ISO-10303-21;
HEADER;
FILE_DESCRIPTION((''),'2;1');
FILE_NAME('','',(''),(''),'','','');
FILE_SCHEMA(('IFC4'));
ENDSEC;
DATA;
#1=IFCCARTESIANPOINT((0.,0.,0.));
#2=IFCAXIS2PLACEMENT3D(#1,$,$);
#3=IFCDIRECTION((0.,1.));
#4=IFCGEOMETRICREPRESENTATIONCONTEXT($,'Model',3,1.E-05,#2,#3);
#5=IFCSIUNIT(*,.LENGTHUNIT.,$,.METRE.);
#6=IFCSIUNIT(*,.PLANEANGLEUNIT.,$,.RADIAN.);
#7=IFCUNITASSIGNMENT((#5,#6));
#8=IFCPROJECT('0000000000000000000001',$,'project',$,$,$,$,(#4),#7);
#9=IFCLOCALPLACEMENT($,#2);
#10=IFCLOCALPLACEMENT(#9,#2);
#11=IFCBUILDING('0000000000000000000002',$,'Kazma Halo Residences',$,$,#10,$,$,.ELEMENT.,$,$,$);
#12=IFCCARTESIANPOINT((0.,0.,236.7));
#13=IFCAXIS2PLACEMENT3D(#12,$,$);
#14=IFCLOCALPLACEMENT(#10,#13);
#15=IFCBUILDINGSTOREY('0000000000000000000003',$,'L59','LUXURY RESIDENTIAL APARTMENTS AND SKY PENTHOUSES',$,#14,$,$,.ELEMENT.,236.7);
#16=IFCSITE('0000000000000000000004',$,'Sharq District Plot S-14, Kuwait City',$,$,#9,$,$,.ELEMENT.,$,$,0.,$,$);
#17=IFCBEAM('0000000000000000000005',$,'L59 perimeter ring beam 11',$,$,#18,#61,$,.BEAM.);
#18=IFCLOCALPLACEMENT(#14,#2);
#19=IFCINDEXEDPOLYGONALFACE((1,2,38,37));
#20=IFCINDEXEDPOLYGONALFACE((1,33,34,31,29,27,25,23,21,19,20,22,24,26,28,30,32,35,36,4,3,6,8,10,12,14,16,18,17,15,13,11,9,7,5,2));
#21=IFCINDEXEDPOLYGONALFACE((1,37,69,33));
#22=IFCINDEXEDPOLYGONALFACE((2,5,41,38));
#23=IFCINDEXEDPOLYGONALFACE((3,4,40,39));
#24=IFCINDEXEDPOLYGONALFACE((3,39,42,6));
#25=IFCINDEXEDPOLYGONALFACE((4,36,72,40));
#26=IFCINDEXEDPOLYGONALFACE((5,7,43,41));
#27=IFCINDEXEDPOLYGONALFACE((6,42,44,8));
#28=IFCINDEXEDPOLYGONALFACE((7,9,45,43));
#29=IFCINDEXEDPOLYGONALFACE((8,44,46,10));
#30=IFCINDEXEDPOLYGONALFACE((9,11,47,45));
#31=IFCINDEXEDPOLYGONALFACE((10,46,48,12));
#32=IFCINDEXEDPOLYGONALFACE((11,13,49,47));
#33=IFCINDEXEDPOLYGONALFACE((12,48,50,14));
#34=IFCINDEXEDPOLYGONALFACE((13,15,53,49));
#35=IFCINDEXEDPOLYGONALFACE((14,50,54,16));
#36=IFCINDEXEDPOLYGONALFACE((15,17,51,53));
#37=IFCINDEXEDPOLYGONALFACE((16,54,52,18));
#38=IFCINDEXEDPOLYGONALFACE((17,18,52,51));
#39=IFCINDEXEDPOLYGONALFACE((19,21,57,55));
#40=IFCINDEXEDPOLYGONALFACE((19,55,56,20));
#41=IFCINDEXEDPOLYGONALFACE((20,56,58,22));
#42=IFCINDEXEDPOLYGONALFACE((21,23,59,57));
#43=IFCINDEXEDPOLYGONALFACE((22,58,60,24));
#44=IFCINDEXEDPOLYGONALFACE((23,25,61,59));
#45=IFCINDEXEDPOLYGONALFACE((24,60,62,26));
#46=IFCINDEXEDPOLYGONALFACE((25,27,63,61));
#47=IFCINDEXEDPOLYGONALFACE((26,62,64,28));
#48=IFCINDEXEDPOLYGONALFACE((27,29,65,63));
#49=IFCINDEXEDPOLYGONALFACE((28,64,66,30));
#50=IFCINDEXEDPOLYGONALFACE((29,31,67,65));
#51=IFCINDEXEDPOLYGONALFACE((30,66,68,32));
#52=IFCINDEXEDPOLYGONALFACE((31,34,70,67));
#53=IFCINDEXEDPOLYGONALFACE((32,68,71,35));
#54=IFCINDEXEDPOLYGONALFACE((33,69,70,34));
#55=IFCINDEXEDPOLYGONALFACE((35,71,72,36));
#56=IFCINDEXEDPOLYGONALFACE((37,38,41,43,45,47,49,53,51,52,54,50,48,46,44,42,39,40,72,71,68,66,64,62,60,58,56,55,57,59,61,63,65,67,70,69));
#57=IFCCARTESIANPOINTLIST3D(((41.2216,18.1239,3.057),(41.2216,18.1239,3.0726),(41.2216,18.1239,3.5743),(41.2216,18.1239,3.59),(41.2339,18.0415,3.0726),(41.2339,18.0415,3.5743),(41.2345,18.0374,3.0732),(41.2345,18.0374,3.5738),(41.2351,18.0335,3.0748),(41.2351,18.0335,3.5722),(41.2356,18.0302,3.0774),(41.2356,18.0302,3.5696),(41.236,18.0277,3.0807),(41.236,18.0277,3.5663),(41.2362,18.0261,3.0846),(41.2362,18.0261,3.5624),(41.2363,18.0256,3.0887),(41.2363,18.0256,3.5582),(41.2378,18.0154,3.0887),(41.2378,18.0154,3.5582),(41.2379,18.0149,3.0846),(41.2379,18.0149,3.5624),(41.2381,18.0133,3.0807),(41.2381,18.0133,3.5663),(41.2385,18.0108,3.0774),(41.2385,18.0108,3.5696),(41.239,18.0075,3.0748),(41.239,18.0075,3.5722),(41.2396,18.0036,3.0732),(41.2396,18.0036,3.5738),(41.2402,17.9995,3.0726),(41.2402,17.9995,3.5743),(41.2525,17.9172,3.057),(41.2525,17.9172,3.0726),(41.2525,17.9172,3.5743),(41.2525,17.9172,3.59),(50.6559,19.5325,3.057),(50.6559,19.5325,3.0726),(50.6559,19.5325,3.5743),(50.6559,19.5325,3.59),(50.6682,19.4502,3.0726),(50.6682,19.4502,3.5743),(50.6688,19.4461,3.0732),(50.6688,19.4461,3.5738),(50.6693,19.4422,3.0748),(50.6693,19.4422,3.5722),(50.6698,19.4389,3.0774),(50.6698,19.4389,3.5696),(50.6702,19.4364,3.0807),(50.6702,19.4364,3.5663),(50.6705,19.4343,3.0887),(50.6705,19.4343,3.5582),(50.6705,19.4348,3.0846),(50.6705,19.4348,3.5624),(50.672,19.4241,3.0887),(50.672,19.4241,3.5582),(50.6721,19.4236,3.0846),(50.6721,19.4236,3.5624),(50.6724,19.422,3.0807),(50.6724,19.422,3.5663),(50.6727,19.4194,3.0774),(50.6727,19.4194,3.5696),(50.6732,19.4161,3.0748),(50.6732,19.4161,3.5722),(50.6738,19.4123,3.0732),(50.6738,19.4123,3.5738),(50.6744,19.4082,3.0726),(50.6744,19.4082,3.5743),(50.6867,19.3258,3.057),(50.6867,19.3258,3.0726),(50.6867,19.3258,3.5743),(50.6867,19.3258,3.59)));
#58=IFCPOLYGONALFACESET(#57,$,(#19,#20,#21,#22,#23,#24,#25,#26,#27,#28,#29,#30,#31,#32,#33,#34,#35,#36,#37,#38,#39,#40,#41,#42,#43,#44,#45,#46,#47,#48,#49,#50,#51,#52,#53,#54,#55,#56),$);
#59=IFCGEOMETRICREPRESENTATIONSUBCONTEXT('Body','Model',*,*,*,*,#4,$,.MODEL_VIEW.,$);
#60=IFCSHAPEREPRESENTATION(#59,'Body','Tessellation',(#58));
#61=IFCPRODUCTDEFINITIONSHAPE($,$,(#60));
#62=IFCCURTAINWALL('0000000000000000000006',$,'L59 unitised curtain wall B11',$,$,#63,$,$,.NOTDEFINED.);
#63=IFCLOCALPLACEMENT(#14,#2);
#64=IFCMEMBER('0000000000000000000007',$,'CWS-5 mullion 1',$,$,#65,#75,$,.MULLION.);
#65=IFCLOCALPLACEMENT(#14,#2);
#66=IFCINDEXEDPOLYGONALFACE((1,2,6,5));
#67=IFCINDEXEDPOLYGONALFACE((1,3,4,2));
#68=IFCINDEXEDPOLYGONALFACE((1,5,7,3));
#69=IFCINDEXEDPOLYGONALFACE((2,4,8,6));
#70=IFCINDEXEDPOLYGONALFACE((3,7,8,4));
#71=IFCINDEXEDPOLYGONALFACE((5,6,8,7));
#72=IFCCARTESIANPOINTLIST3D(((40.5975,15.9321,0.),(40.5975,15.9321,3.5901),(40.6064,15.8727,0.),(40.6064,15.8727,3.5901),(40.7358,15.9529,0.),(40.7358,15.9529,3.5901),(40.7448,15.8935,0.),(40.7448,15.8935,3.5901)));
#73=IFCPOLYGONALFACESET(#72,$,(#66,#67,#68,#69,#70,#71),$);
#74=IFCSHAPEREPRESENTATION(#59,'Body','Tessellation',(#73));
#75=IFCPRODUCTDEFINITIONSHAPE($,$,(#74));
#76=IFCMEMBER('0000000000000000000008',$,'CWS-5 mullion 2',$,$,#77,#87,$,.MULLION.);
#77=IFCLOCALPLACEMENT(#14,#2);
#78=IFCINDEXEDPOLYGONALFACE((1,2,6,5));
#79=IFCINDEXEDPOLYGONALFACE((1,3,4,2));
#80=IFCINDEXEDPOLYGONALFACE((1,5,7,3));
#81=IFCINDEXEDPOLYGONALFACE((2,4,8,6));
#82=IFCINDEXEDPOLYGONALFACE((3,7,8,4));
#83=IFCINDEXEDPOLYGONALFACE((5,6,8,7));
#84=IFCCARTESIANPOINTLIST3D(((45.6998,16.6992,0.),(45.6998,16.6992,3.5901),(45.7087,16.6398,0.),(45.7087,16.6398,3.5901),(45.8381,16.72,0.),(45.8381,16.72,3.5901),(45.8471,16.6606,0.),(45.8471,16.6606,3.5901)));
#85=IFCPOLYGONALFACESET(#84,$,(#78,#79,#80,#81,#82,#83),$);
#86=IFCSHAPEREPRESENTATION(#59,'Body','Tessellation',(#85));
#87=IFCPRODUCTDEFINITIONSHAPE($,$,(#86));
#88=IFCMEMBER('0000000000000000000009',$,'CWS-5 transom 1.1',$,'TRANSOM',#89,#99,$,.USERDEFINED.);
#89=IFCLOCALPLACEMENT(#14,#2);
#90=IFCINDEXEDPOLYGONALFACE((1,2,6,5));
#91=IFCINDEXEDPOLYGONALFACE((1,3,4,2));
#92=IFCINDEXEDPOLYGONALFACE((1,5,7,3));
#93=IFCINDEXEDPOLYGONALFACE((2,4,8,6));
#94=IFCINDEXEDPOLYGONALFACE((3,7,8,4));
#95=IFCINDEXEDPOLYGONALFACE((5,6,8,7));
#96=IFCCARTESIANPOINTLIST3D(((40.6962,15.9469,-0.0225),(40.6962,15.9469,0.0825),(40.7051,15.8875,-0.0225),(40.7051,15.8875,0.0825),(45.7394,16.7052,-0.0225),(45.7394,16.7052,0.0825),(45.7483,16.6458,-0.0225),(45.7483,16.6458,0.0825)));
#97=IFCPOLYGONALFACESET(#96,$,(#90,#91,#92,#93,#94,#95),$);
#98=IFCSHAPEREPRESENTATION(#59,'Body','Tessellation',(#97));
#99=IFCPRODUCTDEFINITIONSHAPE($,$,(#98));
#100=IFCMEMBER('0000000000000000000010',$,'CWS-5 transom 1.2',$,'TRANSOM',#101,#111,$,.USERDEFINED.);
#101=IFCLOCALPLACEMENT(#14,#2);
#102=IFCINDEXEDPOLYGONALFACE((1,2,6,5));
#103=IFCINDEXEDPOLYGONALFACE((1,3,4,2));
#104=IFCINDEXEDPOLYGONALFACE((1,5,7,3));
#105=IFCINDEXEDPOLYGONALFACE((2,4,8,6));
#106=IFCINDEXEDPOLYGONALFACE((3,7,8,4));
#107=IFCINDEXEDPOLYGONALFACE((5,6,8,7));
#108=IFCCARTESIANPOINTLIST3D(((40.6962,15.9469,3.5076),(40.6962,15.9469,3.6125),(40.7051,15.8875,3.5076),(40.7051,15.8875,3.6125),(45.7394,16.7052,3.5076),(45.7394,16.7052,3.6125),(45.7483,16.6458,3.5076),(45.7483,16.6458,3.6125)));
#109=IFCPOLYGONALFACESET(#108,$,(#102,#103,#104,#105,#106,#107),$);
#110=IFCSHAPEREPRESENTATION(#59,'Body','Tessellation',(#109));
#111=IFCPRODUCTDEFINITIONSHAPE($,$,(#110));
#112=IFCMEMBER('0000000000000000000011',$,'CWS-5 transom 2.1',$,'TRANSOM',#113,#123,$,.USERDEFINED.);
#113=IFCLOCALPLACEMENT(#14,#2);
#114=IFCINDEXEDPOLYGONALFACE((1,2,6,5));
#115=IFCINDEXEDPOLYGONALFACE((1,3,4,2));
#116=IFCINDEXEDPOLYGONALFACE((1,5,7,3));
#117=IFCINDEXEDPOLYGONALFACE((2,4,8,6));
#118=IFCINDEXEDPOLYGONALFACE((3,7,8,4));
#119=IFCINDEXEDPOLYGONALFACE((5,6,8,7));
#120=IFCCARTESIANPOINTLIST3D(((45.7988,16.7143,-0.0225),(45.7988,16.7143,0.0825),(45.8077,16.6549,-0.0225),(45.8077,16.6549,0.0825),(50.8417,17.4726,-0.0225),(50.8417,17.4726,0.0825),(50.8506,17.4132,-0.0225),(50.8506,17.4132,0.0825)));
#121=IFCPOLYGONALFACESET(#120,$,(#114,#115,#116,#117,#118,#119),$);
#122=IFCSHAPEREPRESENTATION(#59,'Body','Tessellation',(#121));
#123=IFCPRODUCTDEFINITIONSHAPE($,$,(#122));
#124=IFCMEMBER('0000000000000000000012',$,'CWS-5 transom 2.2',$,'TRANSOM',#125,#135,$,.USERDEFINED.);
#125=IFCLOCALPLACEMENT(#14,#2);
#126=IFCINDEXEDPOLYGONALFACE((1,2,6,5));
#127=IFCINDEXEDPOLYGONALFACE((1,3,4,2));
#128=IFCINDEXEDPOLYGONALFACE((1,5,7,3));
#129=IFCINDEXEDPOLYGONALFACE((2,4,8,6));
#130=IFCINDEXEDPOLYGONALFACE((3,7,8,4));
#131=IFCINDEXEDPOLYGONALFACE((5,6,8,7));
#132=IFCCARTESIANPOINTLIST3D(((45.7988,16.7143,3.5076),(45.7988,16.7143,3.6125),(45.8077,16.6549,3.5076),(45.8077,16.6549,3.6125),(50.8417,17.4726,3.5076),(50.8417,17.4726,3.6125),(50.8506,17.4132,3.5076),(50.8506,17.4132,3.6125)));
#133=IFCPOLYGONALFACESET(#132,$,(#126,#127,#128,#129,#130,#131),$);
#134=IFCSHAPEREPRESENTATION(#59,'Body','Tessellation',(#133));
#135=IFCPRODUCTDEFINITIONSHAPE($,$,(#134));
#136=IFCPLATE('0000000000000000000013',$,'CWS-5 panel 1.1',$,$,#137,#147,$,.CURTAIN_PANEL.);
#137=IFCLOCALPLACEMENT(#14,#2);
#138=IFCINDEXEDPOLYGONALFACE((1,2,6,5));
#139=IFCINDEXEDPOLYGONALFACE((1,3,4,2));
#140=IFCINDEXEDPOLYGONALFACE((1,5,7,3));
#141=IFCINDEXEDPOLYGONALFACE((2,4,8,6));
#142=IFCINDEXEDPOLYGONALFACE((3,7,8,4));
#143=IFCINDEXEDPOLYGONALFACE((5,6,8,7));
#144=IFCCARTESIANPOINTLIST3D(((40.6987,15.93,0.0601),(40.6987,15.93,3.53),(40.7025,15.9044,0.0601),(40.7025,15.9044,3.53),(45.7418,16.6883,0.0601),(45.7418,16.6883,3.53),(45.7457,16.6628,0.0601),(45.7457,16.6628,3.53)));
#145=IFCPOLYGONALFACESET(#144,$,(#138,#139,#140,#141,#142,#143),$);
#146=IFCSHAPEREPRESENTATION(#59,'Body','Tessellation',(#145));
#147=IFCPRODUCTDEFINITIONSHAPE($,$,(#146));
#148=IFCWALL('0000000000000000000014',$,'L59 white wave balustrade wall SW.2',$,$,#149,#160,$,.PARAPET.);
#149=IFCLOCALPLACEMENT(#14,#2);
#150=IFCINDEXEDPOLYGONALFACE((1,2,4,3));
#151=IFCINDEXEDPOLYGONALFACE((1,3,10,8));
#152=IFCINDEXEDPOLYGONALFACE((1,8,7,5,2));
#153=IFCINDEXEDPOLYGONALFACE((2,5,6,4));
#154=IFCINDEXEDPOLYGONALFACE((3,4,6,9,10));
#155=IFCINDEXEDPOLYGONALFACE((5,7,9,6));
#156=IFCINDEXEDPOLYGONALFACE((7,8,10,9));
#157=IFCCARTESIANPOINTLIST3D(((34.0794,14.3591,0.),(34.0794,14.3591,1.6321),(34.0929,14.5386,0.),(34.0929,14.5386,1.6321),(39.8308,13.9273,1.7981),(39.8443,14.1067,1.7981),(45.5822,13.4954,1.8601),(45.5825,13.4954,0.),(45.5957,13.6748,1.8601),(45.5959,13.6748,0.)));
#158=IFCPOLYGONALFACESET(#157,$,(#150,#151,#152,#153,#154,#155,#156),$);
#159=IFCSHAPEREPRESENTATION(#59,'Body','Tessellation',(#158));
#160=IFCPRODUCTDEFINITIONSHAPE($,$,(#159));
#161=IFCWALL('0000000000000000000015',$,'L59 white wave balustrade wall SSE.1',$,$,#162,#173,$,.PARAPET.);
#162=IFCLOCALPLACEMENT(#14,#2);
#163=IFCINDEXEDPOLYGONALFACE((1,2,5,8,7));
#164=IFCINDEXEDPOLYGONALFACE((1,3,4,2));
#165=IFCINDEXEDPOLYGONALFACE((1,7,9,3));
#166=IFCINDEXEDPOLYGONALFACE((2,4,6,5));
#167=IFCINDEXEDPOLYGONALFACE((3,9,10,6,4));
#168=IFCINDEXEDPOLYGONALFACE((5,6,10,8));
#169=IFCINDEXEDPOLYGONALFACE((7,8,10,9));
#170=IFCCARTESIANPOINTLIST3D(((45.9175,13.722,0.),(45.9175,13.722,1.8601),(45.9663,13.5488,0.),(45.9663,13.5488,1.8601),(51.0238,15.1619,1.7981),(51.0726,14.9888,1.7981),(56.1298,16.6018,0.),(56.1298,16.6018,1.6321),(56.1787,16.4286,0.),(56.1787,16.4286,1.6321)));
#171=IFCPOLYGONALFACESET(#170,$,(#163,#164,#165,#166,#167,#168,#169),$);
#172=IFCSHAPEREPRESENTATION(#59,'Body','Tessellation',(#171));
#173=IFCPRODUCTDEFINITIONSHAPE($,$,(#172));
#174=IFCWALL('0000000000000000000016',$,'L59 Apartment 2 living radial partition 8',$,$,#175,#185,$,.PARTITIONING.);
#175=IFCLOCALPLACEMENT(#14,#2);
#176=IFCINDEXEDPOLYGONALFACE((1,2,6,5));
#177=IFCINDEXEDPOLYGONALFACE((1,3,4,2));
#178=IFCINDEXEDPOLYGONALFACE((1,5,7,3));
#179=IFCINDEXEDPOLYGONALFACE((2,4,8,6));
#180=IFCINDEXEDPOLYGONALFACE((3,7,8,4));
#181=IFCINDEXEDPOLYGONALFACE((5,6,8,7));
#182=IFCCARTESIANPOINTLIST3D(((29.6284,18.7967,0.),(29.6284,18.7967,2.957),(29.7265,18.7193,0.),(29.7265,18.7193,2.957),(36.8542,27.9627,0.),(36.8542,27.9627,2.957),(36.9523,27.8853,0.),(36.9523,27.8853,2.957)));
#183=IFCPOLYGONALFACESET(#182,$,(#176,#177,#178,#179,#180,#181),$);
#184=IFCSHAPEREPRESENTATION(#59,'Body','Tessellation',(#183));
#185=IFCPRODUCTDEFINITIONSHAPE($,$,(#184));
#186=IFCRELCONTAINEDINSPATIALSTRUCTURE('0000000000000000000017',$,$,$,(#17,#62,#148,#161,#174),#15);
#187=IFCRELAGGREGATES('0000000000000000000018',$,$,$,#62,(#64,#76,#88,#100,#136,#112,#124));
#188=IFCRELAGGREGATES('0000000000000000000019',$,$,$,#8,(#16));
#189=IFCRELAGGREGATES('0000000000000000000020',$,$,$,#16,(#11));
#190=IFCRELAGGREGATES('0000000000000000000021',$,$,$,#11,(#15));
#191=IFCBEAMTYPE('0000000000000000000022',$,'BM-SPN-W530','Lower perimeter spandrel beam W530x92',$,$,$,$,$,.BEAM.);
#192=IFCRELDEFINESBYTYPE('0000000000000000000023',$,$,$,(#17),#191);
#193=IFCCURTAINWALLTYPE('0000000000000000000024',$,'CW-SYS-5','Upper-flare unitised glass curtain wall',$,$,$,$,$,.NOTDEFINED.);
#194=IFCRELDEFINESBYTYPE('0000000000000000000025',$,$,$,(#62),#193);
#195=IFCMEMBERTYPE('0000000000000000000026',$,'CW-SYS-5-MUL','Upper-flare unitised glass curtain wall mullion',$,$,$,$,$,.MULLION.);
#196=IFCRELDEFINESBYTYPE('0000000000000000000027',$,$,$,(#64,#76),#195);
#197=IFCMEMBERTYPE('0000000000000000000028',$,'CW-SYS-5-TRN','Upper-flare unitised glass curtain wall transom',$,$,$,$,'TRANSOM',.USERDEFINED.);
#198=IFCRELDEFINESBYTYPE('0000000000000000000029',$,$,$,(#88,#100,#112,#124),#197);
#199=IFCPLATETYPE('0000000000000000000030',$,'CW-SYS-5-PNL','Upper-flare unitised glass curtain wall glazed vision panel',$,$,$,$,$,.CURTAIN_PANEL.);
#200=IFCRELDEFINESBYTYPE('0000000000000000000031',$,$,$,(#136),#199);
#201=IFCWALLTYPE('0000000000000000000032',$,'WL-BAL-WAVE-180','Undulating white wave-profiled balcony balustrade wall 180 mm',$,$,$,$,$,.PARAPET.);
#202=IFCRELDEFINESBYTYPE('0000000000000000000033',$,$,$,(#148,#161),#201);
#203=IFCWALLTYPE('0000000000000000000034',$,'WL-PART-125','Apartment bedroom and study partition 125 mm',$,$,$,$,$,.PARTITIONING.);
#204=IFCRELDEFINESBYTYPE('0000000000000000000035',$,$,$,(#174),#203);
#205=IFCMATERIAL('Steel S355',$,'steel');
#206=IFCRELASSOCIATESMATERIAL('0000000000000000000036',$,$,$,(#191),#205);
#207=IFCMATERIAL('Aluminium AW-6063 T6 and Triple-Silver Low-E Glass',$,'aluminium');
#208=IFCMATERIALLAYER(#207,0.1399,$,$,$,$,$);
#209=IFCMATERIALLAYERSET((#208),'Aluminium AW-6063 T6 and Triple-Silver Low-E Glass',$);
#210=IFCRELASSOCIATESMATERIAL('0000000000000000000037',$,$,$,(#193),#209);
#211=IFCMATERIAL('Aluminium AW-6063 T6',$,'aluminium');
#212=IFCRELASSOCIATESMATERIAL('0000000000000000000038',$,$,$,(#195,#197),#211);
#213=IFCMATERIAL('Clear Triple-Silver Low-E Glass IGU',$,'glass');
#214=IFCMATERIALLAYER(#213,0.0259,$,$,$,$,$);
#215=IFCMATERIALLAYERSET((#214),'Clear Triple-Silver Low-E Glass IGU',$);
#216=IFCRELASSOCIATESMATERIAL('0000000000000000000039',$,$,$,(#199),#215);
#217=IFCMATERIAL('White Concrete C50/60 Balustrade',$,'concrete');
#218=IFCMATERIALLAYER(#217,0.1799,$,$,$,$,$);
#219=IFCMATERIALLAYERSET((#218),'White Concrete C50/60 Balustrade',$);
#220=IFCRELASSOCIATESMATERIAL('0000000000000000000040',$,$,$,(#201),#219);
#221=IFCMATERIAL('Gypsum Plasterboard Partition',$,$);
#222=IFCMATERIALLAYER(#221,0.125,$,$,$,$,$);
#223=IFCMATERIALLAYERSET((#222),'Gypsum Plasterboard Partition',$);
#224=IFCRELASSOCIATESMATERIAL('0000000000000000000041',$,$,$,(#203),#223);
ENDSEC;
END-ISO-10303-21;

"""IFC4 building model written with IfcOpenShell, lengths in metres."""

from ifc_helpers import new_model, si_unit, direction, frame, frame_2d, origin, origin_2d, place, context, subcontext, project, spatial, polyline, rectangle, i_section, outline, extrude, material, layer, layer_set, material_profile, profile_set, type_object, element, aggregate, save


model = new_model("IFC4")

# Units and contexts
model_context = context("Model", 3, precision=1e-05, world=origin(), true_north=direction((0.0, 1.0)))
body_context = subcontext(model_context, "Body", "Model", "MODEL_VIEW")
ifc_project = project(units=[si_unit("LENGTHUNIT", "METRE"), si_unit("PLANEANGLEUNIT", "RADIAN")], contexts=[model_context])

# Site, building, storey
site_placement = place(None, origin())
site = spatial("IfcSite", under=ifc_project, at=site_placement, Name="Sharq District Plot S-14, Kuwait City", CompositionType="ELEMENT", RefElevation=0.0)
building_placement = place(site_placement, origin())
building = spatial("IfcBuilding", under=site, at=building_placement, Name="Kazma Halo Residences", CompositionType="ELEMENT")
storey_placement = place(building_placement, frame((0.0, 0.0, 236.7)))
storey = spatial("IfcBuildingStorey", under=building, at=storey_placement, Name="L59", Description="LUXURY RESIDENTIAL APARTMENTS AND SKY PENTHOUSES", CompositionType="ELEMENT", Elevation=236.7)

# Beam
ifc_material_1 = material(Name="Steel S355", Category="steel")
ifc_material_profile_1 = material_profile(ifc_material_1, i_section(OverallWidth=0.209, OverallDepth=0.533, WebThickness=0.0103, FlangeThickness=0.0156, FilletRadius=0.0161, at=origin_2d()), Name="W530x92")
ifc_profile_set_1 = profile_set([ifc_material_profile_1], Name="Steel S355")
beam_type_1 = type_object("IfcBeamType", Name="BM-SPN-W530", Description="Lower perimeter spandrel beam W530x92", PredefinedType="BEAM", material=ifc_profile_set_1)
beam_1_placement = place(storey_placement, frame((41.2371, 18.0205, 3.3235), z_axis=(0.989035, 0.147678, 0.0), x_axis=(-0.147678, 0.989035, 0.0)))
element("IfcBeam", 1, at=beam_1_placement, inside=storey, type_object=beam_type_1, Name="L59 perimeter ring beam 11", PredefinedType="BEAM", context=body_context, shape_type="SweptSolid", body=[
    extrude(i_section(OverallWidth=0.209, OverallDepth=0.533, WebThickness=0.0103, FlangeThickness=0.0156, FilletRadius=0.0161, at=origin_2d()), origin(), (0.0, 0.0, 1.0), 9.5388),
])

# Curtain wall, members, plate
ifc_material_2 = material(Name="Aluminium AW-6063 T6 and Triple-Silver Low-E Glass", Category="aluminium")
ifc_layer_1 = layer(ifc_material_2, 0.1399)
ifc_layer_set_1 = layer_set([ifc_layer_1], Name="Aluminium AW-6063 T6 and Triple-Silver Low-E Glass")
curtain_wall_type = type_object("IfcCurtainWallType", Name="CW-SYS-5", Description="Upper-flare unitised glass curtain wall", PredefinedType="NOTDEFINED", material=ifc_layer_set_1)
curtain_wall_placement = place(storey_placement, origin())
curtain_wall = element("IfcCurtainWall", 2, at=curtain_wall_placement, inside=storey, type_object=curtain_wall_type, Name="L59 unitised curtain wall B11", PredefinedType="NOTDEFINED")
ifc_material_3 = material(Name="Aluminium AW-6063 T6", Category="aluminium")
ifc_material_profile_2 = material_profile(ifc_material_3, rectangle(XDim=0.0601, YDim=0.1399, at=origin_2d()), Name="CWM-60x140")
ifc_profile_set_2 = profile_set([ifc_material_profile_2], Name="Aluminium AW-6063 T6")
member_type_1 = type_object("IfcMemberType", Name="CW-SYS-5-MUL", Description="Upper-flare unitised glass curtain wall mullion", PredefinedType="MULLION", material=ifc_profile_set_2)
member_1_placement = place(storey_placement, frame((40.6711, 15.9128, 0.0), z_axis=(0.0, 0.0, 1.0), x_axis=(-0.148697, 0.988883, 0.0)))
member_1 = element("IfcMember", 3, at=member_1_placement, type_object=member_type_1, Name="CWS-5 mullion 1", PredefinedType="MULLION", context=body_context, shape_type="SweptSolid", body=[
    extrude(rectangle(XDim=0.0601, YDim=0.1399, at=origin_2d()), origin(), (0.0, 0.0, 1.0), 3.5901),
])
member_2_placement = place(storey_placement, frame((45.7734, 16.6799, 0.0), z_axis=(0.0, 0.0, 1.0), x_axis=(-0.148697, 0.988883, 0.0)))
member_2 = element("IfcMember", 4, at=member_2_placement, type_object=member_type_1, Name="CWS-5 mullion 2", PredefinedType="MULLION", context=body_context, shape_type="SweptSolid", body=[
    extrude(rectangle(XDim=0.0601, YDim=0.1399, at=origin_2d()), origin(), (0.0, 0.0, 1.0), 3.5901),
])
ifc_material_profile_3 = material_profile(ifc_material_3, rectangle(XDim=0.0601, YDim=0.105, at=origin_2d()), Name="CWT-60x105")
ifc_profile_set_3 = profile_set([ifc_material_profile_3], Name="Aluminium AW-6063 T6")
member_type_2 = type_object("IfcMemberType", Name="CW-SYS-5-TRN", Description="Upper-flare unitised glass curtain wall transom", ElementType="TRANSOM", PredefinedType="USERDEFINED", material=ifc_profile_set_3)
member_3_placement = place(storey_placement, frame((40.7007, 15.9172, 0.03), z_axis=(0.988884, 0.148689, 0.0), x_axis=(-0.148689, 0.988884, 0.0)))
member_3 = element("IfcMember", 5, at=member_3_placement, type_object=member_type_2, Name="CWS-5 transom 1.1", ObjectType="TRANSOM", PredefinedType="USERDEFINED", context=body_context, shape_type="SweptSolid", body=[
    extrude(rectangle(XDim=0.0601, YDim=0.105, at=origin_2d()), origin(), (0.0, 0.0, 1.0), 5.0999),
])
member_4_placement = place(storey_placement, frame((40.7007, 15.9172, 3.5601), z_axis=(0.988884, 0.148689, 0.0), x_axis=(-0.148689, 0.988884, 0.0)))
member_4 = element("IfcMember", 6, at=member_4_placement, type_object=member_type_2, Name="CWS-5 transom 1.2", ObjectType="TRANSOM", PredefinedType="USERDEFINED", context=body_context, shape_type="SweptSolid", body=[
    extrude(rectangle(XDim=0.0601, YDim=0.105, at=origin_2d()), origin(), (0.0, 0.0, 1.0), 5.0999),
])
member_5_placement = place(storey_placement, frame((45.8032, 16.6846, 0.03), z_axis=(0.988883, 0.148696, 0.0), x_axis=(-0.148696, 0.988883, 0.0)))
member_5 = element("IfcMember", 7, at=member_5_placement, type_object=member_type_2, Name="CWS-5 transom 2.1", ObjectType="TRANSOM", PredefinedType="USERDEFINED", context=body_context, shape_type="SweptSolid", body=[
    extrude(rectangle(XDim=0.0601, YDim=0.105, at=origin_2d()), origin(), (0.0, 0.0, 1.0), 5.0996),
])
member_6_placement = place(storey_placement, frame((45.8032, 16.6846, 3.5601), z_axis=(0.988883, 0.148696, 0.0), x_axis=(-0.148696, 0.988883, 0.0)))
member_6 = element("IfcMember", 8, at=member_6_placement, type_object=member_type_2, Name="CWS-5 transom 2.2", ObjectType="TRANSOM", PredefinedType="USERDEFINED", context=body_context, shape_type="SweptSolid", body=[
    extrude(rectangle(XDim=0.0601, YDim=0.105, at=origin_2d()), origin(), (0.0, 0.0, 1.0), 5.0996),
])
ifc_material_4 = material(Name="Clear Triple-Silver Low-E Glass IGU", Category="glass")
ifc_layer_2 = layer(ifc_material_4, 0.0259)
ifc_layer_set_2 = layer_set([ifc_layer_2], Name="Clear Triple-Silver Low-E Glass IGU")
plate_type = type_object("IfcPlateType", Name="CW-SYS-5-PNL", Description="Upper-flare unitised glass curtain wall glazed vision panel", PredefinedType="CURTAIN_PANEL", material=ifc_layer_set_2)
plate_placement = place(storey_placement, frame((43.2222, 16.2964, 0.0601), z_axis=(0.0, 0.0, 1.0), x_axis=(0.988883, 0.148697, 0.0)))
plate = element("IfcPlate", 9, at=plate_placement, type_object=plate_type, Name="CWS-5 panel 1.1", PredefinedType="CURTAIN_PANEL", context=body_context, shape_type="SweptSolid", body=[
    extrude(rectangle(XDim=5.0999, YDim=0.0259, at=origin_2d()), origin(), (0.0, 0.0, 1.0), 3.47),
])
aggregate(curtain_wall, [member_1, member_2, member_3, member_4, plate, member_5, member_6])

# Walls
ifc_material_5 = material(Name="White Concrete C50/60 Balustrade", Category="concrete")
ifc_layer_3 = layer(ifc_material_5, 0.1799)
ifc_layer_set_3 = layer_set([ifc_layer_3], Name="White Concrete C50/60 Balustrade")
wall_type_1 = type_object("IfcWallType", Name="WL-BAL-WAVE-180", Description="Undulating white wave-profiled balcony balustrade wall 180 mm", PredefinedType="PARAPET", material=ifc_layer_set_3)
wall_1_placement = place(storey_placement, frame((34.0862, 14.449, 0.0), z_axis=(0.0, 0.0, 1.0), x_axis=(0.997193, -0.07488, 0.0)))
element("IfcWall", 10, at=wall_1_placement, inside=storey, type_object=wall_type_1, Name="L59 white wave balustrade wall SW.2", PredefinedType="PARAPET", context=body_context, shape_type="SweptSolid", body=[
    extrude(outline(polyline([(0.0, 0.0), (11.5354, 0.0), (11.5352, 1.8601), (5.7676, 1.7981), (0.0, 1.6321), (0.0, 0.0)])), frame((0.0, 0.0898, 0.0), z_axis=(0.0, -1.0, 0.0), x_axis=(1.0, 0.0, 0.0)), (0.0, 0.0, 1.0), 0.1799),
])
wall_2_placement = place(storey_placement, frame((45.9419, 13.6355, 0.0), z_axis=(0.0, 0.0, 1.0), x_axis=(0.962463, 0.271413, 0.0)))
element("IfcWall", 11, at=wall_2_placement, inside=storey, type_object=wall_type_1, Name="L59 white wave balustrade wall SSE.1", PredefinedType="PARAPET", context=body_context, shape_type="SweptSolid", body=[
    extrude(outline(polyline([(0.0, 0.0), (10.6106, 0.0), (10.6106, 1.6321), (5.3054, 1.7981), (0.0, 1.8601), (0.0, 0.0)])), frame((0.0, 0.0898, 0.0), z_axis=(0.0, -1.0, 0.0), x_axis=(1.0, 0.0, 0.0)), (0.0, 0.0, 1.0), 0.1799),
])
ifc_material_6 = material(Name="Gypsum Plasterboard Partition")
ifc_layer_4 = layer(ifc_material_6, 0.125)
ifc_layer_set_4 = layer_set([ifc_layer_4], Name="Gypsum Plasterboard Partition")
wall_type_2 = type_object("IfcWallType", Name="WL-PART-125", Description="Apartment bedroom and study partition 125 mm", PredefinedType="PARTITIONING", material=ifc_layer_set_4)
wall_3_placement = place(storey_placement, frame((36.9033, 27.9241, 0.0), z_axis=(0.0, 0.0, 1.0), x_axis=(-0.61909, -0.78532, 0.0)))
element("IfcWall", 12, at=wall_3_placement, inside=storey, type_object=wall_type_2, Name="L59 Apartment 2 living radial partition 8", PredefinedType="PARTITIONING", context=body_context, shape_type="SweptSolid", body=[
    extrude(rectangle(XDim=11.6716, YDim=0.125, at=frame_2d((5.8359, 0.0))), origin(), (0.0, 0.0, 1.0), 2.957),
])

save(model, "model.ifc")
